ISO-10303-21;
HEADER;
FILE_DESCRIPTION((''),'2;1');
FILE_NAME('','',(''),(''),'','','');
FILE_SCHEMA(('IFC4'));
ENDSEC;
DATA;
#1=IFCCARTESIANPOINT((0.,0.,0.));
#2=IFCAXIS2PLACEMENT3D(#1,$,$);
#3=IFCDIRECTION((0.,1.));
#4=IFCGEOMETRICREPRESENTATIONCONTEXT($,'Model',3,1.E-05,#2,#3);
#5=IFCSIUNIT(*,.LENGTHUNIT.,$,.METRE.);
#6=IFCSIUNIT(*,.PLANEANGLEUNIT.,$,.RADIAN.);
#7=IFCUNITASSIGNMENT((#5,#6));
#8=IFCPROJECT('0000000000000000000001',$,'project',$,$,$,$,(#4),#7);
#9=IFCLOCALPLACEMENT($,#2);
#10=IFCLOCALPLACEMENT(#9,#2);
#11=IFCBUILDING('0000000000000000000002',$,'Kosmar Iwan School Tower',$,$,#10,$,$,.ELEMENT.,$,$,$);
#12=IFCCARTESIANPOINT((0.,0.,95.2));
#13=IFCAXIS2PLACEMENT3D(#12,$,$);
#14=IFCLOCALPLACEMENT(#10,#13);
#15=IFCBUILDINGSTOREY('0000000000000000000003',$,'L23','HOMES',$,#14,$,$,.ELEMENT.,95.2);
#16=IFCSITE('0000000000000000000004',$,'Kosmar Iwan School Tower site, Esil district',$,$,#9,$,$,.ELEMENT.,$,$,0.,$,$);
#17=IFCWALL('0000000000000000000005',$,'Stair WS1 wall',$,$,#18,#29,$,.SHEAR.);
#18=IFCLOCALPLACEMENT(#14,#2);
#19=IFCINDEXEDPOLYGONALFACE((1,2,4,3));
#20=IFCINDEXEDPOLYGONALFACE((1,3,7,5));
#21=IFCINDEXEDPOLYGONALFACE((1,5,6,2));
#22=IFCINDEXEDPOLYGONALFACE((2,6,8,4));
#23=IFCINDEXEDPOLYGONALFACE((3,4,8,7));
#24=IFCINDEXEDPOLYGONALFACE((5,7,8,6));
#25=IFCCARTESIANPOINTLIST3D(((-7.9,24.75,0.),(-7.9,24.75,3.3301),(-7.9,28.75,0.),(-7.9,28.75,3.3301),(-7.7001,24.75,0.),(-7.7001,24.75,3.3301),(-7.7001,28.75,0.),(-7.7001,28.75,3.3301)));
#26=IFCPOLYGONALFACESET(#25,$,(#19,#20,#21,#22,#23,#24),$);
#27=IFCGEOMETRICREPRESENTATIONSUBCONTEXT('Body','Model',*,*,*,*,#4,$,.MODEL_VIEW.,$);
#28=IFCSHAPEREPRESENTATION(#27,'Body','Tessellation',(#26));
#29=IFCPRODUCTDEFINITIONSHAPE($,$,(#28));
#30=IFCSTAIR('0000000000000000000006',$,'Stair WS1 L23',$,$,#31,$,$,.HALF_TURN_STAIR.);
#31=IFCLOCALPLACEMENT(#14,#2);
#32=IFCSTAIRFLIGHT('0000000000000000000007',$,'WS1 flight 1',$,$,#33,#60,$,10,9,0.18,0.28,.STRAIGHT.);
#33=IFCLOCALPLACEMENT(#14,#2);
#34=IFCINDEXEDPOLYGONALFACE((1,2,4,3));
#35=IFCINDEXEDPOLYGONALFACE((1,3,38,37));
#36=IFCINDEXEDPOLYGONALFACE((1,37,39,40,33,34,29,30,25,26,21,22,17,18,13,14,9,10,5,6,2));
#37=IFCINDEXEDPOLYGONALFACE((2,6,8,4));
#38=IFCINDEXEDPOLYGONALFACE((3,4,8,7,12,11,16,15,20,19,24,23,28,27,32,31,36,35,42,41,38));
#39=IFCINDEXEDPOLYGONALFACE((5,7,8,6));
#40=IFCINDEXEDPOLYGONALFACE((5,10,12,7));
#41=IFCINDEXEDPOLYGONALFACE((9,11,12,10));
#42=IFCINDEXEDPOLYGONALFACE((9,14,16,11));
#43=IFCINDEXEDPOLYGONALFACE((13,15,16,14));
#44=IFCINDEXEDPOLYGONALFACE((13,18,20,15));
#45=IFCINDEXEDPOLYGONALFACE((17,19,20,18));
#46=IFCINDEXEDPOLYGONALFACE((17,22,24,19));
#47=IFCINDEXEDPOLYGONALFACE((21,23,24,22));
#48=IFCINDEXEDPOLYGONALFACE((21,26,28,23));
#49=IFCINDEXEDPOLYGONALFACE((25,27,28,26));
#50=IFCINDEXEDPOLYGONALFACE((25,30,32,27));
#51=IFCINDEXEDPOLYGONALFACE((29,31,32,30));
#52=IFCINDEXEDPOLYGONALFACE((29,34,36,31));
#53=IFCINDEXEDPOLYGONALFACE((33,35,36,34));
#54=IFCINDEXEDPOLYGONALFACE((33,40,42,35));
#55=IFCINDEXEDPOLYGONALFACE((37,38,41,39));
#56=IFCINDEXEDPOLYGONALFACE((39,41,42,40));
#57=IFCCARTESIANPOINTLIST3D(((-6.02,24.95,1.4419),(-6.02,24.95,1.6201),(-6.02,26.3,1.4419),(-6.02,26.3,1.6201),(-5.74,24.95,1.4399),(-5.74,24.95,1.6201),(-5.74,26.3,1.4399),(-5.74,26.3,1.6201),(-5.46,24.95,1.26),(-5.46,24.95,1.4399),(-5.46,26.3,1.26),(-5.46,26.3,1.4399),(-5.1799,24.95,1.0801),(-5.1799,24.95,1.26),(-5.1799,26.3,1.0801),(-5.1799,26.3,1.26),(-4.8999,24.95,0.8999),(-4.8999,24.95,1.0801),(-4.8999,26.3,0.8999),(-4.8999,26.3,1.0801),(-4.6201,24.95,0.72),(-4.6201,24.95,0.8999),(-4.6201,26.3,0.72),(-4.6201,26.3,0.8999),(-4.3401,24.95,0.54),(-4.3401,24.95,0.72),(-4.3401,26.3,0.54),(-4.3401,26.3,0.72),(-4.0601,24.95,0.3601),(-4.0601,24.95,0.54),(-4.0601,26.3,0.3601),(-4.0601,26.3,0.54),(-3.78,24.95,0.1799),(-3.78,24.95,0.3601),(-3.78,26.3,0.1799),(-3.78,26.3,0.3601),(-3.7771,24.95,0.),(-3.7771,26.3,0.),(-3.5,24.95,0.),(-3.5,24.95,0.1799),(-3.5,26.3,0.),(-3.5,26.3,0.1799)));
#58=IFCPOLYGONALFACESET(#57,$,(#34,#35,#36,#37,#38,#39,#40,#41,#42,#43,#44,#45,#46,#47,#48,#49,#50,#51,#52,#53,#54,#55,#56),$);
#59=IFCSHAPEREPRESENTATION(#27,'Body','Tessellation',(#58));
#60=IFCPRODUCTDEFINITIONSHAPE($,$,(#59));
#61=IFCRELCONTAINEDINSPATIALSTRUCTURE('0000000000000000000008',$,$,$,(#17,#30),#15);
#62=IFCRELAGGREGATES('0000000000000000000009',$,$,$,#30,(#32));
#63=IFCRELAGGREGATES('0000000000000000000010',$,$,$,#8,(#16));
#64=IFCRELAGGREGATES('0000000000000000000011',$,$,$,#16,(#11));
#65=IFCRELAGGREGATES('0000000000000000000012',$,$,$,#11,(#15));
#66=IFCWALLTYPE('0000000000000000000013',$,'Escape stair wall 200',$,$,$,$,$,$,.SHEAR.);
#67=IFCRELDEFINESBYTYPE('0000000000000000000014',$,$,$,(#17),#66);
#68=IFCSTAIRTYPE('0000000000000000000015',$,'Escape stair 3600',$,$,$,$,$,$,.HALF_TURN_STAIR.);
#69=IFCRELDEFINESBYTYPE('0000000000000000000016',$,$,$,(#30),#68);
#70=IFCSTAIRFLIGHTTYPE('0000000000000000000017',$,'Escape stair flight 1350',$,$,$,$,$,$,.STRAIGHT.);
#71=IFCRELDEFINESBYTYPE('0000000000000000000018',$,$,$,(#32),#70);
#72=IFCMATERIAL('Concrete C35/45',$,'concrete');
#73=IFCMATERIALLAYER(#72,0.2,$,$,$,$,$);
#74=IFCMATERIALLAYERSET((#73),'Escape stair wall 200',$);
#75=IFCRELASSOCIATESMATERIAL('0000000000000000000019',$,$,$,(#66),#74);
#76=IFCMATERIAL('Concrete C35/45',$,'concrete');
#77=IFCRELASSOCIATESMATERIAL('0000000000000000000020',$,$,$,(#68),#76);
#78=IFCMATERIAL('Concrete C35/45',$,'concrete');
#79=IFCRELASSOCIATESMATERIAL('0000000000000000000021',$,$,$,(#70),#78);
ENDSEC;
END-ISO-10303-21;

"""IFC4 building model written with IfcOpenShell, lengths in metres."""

from ifc_helpers import new_model, si_unit, direction, frame, frame_2d, origin, place, context, subcontext, project, spatial, polyline, rectangle, outline, extrude, material, layer, layer_set, type_object, element, aggregate, save


model = new_model("IFC4")

# Units and contexts
model_context = context("Model", 3, precision=1e-05, world=origin(), true_north=direction((0.0, 1.0)))
body_context = subcontext(model_context, "Body", "Model", "MODEL_VIEW")
ifc_project = project(units=[si_unit("LENGTHUNIT", "METRE"), si_unit("PLANEANGLEUNIT", "RADIAN")], contexts=[model_context])

# Site, building, storey
site_placement = place(None, origin())
site = spatial("IfcSite", under=ifc_project, at=site_placement, Name="Kosmar Iwan School Tower site, Esil district", CompositionType="ELEMENT", RefElevation=0.0)
building_placement = place(site_placement, origin())
building = spatial("IfcBuilding", under=site, at=building_placement, Name="Kosmar Iwan School Tower", CompositionType="ELEMENT")
storey_placement = place(building_placement, frame((0.0, 0.0, 95.2)))
storey = spatial("IfcBuildingStorey", under=building, at=storey_placement, Name="L23", Description="HOMES", CompositionType="ELEMENT", Elevation=95.2)

# Wall
ifc_material_1 = material(Name="Concrete C35/45", Category="concrete")
ifc_layer_1 = layer(ifc_material_1, 0.2)
ifc_layer_set_1 = layer_set([ifc_layer_1], Name="Escape stair wall 200")
wall_type_1 = type_object("IfcWallType", Name="Escape stair wall 200", PredefinedType="SHEAR", material=ifc_layer_set_1)
wall_1_placement = place(storey_placement, frame((-7.8, 24.75, 0.0), z_axis=(0.0, 0.0, 1.0), x_axis=(0.0, 1.0, 0.0)))
element("IfcWall", 1, at=wall_1_placement, inside=storey, type_object=wall_type_1, Name="Stair WS1 wall", PredefinedType="SHEAR", context=body_context, shape_type="SweptSolid", body=[
    extrude(rectangle(XDim=4.0, YDim=0.2, at=frame_2d((2.0, 0.0))), origin(), (0.0, 0.0, 1.0), 3.3301),
])

# Stair, stair flight
ifc_material_2 = material(Name="Concrete C35/45", Category="concrete")
stair_type = type_object("IfcStairType", Name="Escape stair 3600", PredefinedType="HALF_TURN_STAIR", material=ifc_material_2)
stair_placement = place(storey_placement, origin())
stair = element("IfcStair", 2, at=stair_placement, inside=storey, type_object=stair_type, Name="Stair WS1 L23", PredefinedType="HALF_TURN_STAIR")
ifc_material_3 = material(Name="Concrete C35/45", Category="concrete")
stair_flight_type = type_object("IfcStairFlightType", Name="Escape stair flight 1350", PredefinedType="STRAIGHT", material=ifc_material_3)
stair_flight_placement = place(storey_placement, frame((-3.5, 25.625, 0.0), z_axis=(0.0, 0.0, 1.0), x_axis=(-1.0, 0.0, 0.0)))
stair_flight = element("IfcStairFlight", 3, at=stair_flight_placement, type_object=stair_flight_type, Name="WS1 flight 1", NumberOfRisers=10, NumberOfTreads=9, PredefinedType="STRAIGHT", RiserHeight=0.18, TreadLength=0.28, context=body_context, shape_type="SweptSolid", body=[
    extrude(outline(polyline([(0.0, 0.0), (0.0, 0.1799), (0.28, 0.1799), (0.28, 0.3601), (0.5601, 0.3601), (0.5601, 0.54), (0.8401, 0.54), (0.8401, 0.72), (1.1201, 0.72), (1.1201, 0.8999), (1.3999, 0.8999), (1.3999, 1.0801), (1.6799, 1.0801), (1.6799, 1.26), (1.96, 1.26), (1.96, 1.4399), (2.24, 1.4399), (2.24, 1.6201), (2.52, 1.6201), (2.52, 1.8), (2.52, 1.4419), (0.2771, 0.0), (0.0, 0.0)])), frame((0.0, 0.675, 0.0), z_axis=(0.0, -1.0, 0.0), x_axis=(1.0, 0.0, 0.0)), (0.0, 0.0, 1.0), 1.3501),
])
aggregate(stair, [stair_flight])

save(model, "model.ifc")
